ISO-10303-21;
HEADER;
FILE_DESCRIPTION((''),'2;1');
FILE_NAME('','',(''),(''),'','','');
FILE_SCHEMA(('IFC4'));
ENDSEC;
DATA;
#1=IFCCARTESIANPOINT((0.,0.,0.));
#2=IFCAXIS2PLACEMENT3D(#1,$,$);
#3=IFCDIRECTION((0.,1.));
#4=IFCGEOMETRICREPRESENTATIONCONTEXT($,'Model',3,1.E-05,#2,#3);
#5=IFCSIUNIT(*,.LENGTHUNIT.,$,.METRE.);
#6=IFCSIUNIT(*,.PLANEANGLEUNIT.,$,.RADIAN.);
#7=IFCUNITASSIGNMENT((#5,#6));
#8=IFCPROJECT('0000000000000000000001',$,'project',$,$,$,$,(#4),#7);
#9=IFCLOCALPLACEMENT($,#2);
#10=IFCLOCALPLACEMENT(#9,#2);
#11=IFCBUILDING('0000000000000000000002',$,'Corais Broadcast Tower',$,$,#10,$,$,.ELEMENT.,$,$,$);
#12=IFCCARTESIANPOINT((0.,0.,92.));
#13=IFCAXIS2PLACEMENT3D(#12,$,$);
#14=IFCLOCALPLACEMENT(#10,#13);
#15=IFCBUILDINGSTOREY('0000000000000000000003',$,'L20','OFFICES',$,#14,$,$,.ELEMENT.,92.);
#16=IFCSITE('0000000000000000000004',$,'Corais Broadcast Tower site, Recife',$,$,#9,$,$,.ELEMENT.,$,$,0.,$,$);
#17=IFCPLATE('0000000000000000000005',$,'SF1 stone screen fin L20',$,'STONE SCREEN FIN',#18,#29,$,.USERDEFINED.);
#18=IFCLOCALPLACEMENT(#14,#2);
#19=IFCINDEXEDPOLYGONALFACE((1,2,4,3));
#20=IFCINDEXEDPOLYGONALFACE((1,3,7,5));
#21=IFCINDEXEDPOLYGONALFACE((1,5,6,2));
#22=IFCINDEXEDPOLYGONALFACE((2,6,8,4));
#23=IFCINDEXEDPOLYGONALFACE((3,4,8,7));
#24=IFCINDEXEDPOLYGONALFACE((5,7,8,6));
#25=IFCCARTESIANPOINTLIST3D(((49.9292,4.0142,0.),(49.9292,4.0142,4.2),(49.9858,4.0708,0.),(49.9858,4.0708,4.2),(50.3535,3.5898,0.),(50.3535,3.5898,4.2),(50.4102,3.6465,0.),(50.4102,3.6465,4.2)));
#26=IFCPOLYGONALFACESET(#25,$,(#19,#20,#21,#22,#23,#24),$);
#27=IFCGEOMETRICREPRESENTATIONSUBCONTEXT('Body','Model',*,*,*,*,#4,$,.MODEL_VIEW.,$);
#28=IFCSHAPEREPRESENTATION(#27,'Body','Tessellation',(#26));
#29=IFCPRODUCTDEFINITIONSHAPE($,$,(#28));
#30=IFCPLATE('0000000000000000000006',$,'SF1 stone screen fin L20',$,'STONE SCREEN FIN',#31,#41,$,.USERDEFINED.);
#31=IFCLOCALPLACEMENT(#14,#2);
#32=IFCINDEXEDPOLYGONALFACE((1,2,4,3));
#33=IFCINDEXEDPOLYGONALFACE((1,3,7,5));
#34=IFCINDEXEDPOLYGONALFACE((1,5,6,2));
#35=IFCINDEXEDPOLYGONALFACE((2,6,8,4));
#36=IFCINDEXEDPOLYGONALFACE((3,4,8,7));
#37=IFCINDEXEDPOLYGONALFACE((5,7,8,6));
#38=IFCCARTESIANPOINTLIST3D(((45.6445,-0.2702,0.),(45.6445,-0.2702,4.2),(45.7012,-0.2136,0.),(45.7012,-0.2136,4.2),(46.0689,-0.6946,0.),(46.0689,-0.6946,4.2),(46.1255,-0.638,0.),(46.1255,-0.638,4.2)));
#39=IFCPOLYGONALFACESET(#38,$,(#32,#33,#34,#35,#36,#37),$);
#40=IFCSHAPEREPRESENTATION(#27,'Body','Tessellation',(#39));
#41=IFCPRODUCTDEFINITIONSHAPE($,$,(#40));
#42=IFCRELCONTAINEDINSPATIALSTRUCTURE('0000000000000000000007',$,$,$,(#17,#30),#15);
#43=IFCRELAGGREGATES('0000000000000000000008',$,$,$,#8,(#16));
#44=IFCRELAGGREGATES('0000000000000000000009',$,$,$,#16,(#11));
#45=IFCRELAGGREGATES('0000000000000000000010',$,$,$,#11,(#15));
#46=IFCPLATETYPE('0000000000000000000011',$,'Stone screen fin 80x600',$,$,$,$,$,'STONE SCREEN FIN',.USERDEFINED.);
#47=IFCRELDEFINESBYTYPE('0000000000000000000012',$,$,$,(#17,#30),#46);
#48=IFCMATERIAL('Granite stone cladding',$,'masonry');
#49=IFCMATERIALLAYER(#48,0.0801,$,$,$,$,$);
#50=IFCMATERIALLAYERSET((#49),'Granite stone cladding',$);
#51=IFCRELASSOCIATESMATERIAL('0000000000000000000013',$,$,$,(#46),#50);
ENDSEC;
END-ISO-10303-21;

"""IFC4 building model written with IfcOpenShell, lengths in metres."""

from ifc_helpers import new_model, si_unit, direction, frame, origin, origin_2d, place, context, subcontext, project, spatial, rectangle, extrude, material, layer, layer_set, type_object, element, save


model = new_model("IFC4")

# Units and contexts
model_context = context("Model", 3, precision=1e-05, world=origin(), true_north=direction((0.0, 1.0)))
body_context = subcontext(model_context, "Body", "Model", "MODEL_VIEW")
ifc_project = project(units=[si_unit("LENGTHUNIT", "METRE"), si_unit("PLANEANGLEUNIT", "RADIAN")], contexts=[model_context])

# Site, building, storey
site_placement = place(None, origin())
site = spatial("IfcSite", under=ifc_project, at=site_placement, Name="Corais Broadcast Tower site, Recife", CompositionType="ELEMENT", RefElevation=0.0)
building_placement = place(site_placement, origin())
building = spatial("IfcBuilding", under=site, at=building_placement, Name="Corais Broadcast Tower", CompositionType="ELEMENT")
storey_placement = place(building_placement, frame((0.0, 0.0, 92.0)))
storey = spatial("IfcBuildingStorey", under=building, at=storey_placement, Name="L20", Description="OFFICES", CompositionType="ELEMENT", Elevation=92.0)

# Plates
ifc_material_1 = material(Name="Granite stone cladding", Category="masonry")
ifc_layer_1 = layer(ifc_material_1, 0.0801)
ifc_layer_set_1 = layer_set([ifc_layer_1], Name="Granite stone cladding")
plate_type_1 = type_object("IfcPlateType", Name="Stone screen fin 80x600", ElementType="STONE SCREEN FIN", PredefinedType="USERDEFINED", material=ifc_layer_set_1)
for number, where, z_axis, x_axis, name in (
    (1, (50.1697, 3.8303, 0.0), (0.0, 0.0, 1.0), (-0.707107, -0.707107, 0.0), "SF1 stone screen fin L20"),
    (2, (45.885, -0.4541, 0.0), (0.0, 0.0, 1.0), (-0.707107, -0.707107, 0.0), "SF1 stone screen fin L20"),
):
    element("IfcPlate", number, at=place(storey_placement, frame(where, z_axis=z_axis, x_axis=x_axis)), inside=storey, type_object=plate_type_1, Name=name, ObjectType="STONE SCREEN FIN", PredefinedType="USERDEFINED", context=body_context, shape_type="SweptSolid", body=[
        extrude(rectangle(XDim=0.0801, YDim=0.6001, at=origin_2d()), origin(), (0.0, 0.0, 1.0), 4.2),
    ])

save(model, "model.ifc")
